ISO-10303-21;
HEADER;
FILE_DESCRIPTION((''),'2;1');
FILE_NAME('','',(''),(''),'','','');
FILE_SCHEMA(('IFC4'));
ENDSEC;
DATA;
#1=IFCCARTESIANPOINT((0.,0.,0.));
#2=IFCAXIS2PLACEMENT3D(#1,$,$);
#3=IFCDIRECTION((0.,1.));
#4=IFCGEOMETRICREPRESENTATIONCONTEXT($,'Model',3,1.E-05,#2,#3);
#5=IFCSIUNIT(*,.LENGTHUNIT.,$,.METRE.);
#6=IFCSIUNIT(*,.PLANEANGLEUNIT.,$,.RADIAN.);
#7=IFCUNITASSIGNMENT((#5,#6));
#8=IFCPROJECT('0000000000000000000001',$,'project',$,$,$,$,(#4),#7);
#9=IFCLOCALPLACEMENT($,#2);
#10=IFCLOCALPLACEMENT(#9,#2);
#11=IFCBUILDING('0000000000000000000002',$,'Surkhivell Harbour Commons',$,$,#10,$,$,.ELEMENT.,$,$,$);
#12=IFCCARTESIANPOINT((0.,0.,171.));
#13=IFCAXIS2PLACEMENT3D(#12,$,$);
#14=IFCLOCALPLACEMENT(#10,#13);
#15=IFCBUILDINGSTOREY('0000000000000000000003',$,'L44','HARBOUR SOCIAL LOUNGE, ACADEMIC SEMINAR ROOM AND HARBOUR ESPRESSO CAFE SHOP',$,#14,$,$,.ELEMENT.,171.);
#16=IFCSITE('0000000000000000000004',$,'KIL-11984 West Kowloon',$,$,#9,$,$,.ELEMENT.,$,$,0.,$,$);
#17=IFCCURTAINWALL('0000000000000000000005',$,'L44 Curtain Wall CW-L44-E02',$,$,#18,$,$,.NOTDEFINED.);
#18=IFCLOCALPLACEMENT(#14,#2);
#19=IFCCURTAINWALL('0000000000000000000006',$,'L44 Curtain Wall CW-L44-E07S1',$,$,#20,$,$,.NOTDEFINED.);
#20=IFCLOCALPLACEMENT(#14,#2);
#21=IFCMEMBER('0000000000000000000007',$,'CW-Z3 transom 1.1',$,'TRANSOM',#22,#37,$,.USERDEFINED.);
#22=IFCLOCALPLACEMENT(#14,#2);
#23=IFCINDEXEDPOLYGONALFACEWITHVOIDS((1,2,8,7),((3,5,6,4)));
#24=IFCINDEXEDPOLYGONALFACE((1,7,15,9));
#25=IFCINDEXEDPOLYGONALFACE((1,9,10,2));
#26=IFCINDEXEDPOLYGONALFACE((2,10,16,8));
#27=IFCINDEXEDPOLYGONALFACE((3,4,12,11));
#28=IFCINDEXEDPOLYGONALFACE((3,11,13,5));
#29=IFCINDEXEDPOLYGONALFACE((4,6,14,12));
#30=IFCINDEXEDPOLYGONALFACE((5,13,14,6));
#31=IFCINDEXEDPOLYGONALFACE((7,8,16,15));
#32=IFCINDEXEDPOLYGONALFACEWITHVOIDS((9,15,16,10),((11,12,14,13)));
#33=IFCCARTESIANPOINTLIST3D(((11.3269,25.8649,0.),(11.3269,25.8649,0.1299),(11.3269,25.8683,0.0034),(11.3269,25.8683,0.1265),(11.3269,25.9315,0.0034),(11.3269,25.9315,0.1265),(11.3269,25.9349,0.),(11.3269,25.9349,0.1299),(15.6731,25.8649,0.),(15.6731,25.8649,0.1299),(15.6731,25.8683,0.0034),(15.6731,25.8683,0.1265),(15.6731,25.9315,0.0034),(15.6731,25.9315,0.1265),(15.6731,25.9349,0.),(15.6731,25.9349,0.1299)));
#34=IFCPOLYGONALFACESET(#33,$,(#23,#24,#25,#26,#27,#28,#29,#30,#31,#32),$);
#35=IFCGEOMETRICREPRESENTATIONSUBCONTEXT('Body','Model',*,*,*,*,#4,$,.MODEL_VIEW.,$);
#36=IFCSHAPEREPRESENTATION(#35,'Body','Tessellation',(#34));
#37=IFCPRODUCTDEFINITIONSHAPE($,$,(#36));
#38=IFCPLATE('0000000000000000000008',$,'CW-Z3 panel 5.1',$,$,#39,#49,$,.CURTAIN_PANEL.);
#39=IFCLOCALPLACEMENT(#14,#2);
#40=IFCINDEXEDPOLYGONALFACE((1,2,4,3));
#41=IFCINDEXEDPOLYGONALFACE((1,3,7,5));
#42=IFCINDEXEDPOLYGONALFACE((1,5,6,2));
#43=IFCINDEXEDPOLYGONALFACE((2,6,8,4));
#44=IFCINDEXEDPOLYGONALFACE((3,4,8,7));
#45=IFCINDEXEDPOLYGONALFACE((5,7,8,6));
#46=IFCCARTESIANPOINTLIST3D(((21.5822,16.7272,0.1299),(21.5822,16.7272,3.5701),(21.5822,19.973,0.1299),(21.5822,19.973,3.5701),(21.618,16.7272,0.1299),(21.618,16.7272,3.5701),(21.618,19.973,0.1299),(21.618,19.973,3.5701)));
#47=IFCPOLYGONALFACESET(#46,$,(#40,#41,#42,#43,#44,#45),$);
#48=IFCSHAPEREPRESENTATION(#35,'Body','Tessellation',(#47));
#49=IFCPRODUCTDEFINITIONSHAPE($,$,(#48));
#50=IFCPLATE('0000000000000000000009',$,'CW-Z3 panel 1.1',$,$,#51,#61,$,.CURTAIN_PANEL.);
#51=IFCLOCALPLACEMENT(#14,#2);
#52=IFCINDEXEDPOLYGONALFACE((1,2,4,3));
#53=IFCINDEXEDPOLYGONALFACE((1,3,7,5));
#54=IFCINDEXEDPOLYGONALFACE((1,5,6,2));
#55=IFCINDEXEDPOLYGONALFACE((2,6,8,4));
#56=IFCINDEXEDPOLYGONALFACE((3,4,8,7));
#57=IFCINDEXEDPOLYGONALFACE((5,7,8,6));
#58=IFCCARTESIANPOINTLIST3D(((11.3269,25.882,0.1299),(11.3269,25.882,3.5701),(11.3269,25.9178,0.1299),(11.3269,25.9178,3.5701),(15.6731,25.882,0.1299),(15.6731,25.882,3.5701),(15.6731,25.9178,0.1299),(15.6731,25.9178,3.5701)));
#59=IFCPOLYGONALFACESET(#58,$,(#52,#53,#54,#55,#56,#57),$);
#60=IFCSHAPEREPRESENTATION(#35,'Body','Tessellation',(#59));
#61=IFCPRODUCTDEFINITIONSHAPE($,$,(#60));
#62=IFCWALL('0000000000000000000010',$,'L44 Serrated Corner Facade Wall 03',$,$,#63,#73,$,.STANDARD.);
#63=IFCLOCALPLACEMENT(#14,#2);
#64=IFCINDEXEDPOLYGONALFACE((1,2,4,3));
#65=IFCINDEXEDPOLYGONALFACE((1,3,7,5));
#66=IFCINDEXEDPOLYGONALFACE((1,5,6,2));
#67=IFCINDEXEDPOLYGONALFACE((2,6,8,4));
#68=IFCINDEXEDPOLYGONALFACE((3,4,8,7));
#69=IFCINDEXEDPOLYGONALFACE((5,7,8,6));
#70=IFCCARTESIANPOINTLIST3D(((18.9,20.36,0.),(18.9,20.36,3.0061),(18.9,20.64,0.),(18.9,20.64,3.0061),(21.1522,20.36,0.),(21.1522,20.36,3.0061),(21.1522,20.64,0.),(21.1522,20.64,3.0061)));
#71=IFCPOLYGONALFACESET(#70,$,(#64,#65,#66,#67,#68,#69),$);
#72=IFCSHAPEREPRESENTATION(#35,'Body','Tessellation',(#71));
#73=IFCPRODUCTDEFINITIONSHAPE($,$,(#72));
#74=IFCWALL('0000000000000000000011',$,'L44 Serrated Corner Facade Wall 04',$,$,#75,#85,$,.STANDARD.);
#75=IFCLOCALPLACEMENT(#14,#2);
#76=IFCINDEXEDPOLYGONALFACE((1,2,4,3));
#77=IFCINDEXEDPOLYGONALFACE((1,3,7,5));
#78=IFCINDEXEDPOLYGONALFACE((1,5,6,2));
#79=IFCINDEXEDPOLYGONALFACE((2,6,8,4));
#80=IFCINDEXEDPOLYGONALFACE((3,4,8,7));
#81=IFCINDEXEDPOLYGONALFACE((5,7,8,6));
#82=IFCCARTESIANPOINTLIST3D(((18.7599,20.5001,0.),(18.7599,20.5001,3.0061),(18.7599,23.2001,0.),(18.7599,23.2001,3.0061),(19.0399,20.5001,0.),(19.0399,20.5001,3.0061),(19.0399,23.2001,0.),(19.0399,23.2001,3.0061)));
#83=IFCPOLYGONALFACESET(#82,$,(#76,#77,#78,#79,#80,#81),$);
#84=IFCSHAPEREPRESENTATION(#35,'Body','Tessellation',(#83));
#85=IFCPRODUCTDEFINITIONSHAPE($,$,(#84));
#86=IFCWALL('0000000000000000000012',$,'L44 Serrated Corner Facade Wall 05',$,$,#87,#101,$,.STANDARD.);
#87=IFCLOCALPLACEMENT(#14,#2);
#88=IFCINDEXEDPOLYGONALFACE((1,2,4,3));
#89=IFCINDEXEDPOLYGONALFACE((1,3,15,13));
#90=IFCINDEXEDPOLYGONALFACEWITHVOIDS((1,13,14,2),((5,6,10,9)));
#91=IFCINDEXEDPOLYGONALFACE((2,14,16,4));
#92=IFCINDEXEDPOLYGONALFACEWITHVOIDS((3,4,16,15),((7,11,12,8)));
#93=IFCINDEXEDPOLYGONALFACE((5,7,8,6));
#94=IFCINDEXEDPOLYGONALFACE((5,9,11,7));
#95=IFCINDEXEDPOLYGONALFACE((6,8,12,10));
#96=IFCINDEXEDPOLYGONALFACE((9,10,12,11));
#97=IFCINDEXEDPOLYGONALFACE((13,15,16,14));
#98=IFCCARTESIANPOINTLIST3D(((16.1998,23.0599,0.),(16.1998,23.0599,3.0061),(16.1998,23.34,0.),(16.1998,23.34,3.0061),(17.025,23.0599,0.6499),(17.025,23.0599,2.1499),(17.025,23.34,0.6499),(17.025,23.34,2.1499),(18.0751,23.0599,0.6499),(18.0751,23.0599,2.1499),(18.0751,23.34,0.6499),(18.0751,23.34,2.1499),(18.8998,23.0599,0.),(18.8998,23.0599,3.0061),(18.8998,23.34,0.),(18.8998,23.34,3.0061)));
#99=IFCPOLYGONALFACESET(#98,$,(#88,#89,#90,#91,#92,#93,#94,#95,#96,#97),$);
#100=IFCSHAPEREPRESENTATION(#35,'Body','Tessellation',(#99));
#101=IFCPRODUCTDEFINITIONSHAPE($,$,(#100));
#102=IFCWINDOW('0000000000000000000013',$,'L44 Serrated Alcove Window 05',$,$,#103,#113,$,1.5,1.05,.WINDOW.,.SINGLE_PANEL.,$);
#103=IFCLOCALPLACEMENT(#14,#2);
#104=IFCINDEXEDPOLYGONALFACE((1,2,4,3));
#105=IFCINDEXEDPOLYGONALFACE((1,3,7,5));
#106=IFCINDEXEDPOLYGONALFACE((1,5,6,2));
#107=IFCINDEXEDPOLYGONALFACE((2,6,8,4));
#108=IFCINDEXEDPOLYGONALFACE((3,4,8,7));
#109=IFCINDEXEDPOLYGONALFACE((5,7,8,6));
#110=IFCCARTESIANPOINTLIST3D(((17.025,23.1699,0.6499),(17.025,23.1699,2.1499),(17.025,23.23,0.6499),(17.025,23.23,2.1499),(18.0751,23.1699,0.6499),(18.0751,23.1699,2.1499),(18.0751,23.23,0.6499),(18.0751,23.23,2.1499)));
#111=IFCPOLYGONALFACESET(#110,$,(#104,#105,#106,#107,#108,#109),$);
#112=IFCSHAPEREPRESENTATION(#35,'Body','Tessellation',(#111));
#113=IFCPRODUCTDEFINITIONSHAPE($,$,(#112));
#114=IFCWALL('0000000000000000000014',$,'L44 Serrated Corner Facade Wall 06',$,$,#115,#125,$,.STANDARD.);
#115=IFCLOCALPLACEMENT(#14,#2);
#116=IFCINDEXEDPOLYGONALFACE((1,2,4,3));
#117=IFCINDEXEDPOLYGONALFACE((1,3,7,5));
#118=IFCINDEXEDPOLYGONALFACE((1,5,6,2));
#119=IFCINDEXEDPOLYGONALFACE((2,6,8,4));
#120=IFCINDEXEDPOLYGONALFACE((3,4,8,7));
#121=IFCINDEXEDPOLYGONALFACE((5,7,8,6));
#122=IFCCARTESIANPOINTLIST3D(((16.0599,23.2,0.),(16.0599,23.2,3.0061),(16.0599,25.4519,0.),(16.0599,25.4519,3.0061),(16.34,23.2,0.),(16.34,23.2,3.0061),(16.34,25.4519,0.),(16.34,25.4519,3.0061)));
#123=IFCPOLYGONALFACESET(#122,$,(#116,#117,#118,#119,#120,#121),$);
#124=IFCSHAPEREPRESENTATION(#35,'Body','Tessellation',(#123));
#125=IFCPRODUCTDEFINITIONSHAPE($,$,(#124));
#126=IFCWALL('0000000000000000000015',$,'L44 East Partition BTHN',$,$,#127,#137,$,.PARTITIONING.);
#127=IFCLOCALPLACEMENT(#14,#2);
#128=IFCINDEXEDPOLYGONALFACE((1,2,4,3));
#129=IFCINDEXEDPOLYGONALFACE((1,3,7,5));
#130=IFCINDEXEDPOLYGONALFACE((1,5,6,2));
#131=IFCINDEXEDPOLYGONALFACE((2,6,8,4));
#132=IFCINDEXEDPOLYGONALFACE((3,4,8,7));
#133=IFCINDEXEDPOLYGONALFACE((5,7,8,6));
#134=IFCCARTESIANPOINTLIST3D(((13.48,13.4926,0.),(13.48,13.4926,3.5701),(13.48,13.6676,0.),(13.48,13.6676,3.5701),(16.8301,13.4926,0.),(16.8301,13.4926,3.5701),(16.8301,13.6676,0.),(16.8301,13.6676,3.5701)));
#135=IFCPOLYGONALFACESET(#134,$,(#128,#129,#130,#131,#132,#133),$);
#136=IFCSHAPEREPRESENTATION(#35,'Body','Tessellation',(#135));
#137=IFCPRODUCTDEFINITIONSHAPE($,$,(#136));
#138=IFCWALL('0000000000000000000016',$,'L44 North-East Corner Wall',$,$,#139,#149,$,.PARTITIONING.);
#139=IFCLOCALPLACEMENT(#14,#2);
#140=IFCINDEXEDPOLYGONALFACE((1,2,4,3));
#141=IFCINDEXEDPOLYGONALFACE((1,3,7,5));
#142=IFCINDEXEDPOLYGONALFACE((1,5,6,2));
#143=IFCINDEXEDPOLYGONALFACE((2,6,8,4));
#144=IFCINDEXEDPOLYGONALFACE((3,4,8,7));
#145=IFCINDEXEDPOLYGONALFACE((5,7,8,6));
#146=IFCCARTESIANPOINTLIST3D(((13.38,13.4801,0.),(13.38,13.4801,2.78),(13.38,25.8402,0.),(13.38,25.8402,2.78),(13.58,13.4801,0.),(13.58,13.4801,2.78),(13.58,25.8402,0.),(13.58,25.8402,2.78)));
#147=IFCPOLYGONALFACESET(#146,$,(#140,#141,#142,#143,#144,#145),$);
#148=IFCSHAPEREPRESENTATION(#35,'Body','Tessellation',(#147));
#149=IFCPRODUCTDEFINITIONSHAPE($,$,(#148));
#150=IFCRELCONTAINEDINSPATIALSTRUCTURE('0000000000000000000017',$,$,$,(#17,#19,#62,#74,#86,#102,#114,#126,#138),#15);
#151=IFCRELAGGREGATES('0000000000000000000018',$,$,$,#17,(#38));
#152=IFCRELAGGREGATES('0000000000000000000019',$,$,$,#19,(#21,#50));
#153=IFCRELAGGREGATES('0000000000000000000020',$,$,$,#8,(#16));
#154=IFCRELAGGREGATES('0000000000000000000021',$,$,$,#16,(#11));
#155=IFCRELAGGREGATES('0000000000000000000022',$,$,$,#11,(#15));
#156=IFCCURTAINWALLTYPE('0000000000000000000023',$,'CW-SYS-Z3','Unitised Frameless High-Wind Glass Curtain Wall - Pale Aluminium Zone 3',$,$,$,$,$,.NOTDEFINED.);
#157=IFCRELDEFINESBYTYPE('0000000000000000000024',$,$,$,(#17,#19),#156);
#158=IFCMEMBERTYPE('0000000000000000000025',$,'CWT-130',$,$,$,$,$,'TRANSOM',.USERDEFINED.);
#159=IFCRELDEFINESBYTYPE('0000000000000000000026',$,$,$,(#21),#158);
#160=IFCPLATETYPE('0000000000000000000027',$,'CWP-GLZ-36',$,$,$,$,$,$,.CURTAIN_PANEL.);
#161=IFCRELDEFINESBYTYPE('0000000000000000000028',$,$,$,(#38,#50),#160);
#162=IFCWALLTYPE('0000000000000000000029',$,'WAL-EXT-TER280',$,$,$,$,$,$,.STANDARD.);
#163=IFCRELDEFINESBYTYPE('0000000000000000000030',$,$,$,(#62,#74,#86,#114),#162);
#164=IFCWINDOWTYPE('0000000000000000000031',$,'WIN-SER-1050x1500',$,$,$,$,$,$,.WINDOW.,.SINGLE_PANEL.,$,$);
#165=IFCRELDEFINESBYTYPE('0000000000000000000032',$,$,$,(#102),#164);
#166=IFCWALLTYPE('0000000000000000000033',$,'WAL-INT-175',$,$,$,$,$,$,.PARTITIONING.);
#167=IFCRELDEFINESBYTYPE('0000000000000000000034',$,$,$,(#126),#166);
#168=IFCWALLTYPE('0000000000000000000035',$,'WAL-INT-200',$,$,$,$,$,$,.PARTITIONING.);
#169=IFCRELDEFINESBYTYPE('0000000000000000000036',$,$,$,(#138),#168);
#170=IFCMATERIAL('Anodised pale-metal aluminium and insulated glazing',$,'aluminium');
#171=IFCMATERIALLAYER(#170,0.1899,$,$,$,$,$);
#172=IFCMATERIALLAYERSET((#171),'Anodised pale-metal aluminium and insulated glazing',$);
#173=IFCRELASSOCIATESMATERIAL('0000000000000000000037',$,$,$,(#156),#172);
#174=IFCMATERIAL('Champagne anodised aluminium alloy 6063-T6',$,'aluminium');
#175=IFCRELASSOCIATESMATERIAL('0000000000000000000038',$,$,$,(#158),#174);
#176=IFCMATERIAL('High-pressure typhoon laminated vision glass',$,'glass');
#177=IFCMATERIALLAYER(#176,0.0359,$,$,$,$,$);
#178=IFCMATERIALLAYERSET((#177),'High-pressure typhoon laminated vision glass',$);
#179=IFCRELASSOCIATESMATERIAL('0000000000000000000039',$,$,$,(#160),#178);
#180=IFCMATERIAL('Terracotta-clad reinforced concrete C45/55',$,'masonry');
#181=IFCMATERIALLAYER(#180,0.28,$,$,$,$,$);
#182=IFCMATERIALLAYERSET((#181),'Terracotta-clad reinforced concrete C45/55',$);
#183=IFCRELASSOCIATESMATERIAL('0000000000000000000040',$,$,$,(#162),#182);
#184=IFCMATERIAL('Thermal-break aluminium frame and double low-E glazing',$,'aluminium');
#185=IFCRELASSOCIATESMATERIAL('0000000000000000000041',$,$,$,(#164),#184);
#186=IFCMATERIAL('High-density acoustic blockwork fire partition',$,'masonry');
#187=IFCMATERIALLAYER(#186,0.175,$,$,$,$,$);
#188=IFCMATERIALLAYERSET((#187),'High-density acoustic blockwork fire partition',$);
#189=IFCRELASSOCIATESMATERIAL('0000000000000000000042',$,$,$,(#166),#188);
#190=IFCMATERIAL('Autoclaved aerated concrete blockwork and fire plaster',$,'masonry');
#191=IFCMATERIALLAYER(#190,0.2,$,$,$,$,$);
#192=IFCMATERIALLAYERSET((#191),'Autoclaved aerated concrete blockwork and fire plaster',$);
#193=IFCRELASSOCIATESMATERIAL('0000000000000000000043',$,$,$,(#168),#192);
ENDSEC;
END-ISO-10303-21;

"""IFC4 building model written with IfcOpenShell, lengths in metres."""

from ifc_helpers import new_model, si_unit, direction, frame, frame_2d, origin, origin_2d, place, context, subcontext, project, spatial, rectangle, hollow_rectangle, extrude, material, layer, layer_set, material_profile, profile_set, type_object, element, fill, aggregate, save


model = new_model("IFC4")

# Units and contexts
model_context = context("Model", 3, precision=1e-05, world=origin(), true_north=direction((0.0, 1.0)))
body_context = subcontext(model_context, "Body", "Model", "MODEL_VIEW")
ifc_project = project(units=[si_unit("LENGTHUNIT", "METRE"), si_unit("PLANEANGLEUNIT", "RADIAN")], contexts=[model_context])

# Site, building, storey
site_placement = place(None, origin())
site = spatial("IfcSite", under=ifc_project, at=site_placement, Name="KIL-11984 West Kowloon", CompositionType="ELEMENT", RefElevation=0.0)
building_placement = place(site_placement, origin())
building = spatial("IfcBuilding", under=site, at=building_placement, Name="Surkhivell Harbour Commons", CompositionType="ELEMENT")
storey_placement = place(building_placement, frame((0.0, 0.0, 171.0)))
storey = spatial("IfcBuildingStorey", under=building, at=storey_placement, Name="L44", Description="HARBOUR SOCIAL LOUNGE, ACADEMIC SEMINAR ROOM AND HARBOUR ESPRESSO CAFE SHOP", CompositionType="ELEMENT", Elevation=171.0)

# Curtain wall
ifc_material_1 = material(Name="Anodised pale-metal aluminium and insulated glazing", Category="aluminium")
ifc_layer_1 = layer(ifc_material_1, 0.1899)
ifc_layer_set_1 = layer_set([ifc_layer_1], Name="Anodised pale-metal aluminium and insulated glazing")
curtain_wall_type = type_object("IfcCurtainWallType", Name="CW-SYS-Z3", Description="Unitised Frameless High-Wind Glass Curtain Wall - Pale Aluminium Zone 3", PredefinedType="NOTDEFINED", material=ifc_layer_set_1)
curtain_wall_1_placement = place(storey_placement, origin())
curtain_wall_1 = element("IfcCurtainWall", 1, at=curtain_wall_1_placement, inside=storey, type_object=curtain_wall_type, Name="L44 Curtain Wall CW-L44-E02", PredefinedType="NOTDEFINED")

# Curtain wall
curtain_wall_2_placement = place(storey_placement, origin())
curtain_wall_2 = element("IfcCurtainWall", 2, at=curtain_wall_2_placement, inside=storey, type_object=curtain_wall_type, Name="L44 Curtain Wall CW-L44-E07S1", PredefinedType="NOTDEFINED")

# Member
ifc_material_2 = material(Name="Champagne anodised aluminium alloy 6063-T6", Category="aluminium")
ifc_material_profile_1 = material_profile(ifc_material_2, hollow_rectangle(XDim=0.0701, YDim=0.1299, WallThickness=0.0034, at=origin_2d()), Name="ALU-TRAN-70x130")
ifc_profile_set_1 = profile_set([ifc_material_profile_1], Name="Champagne anodised aluminium alloy 6063-T6")
member_type_1 = type_object("IfcMemberType", Name="CWT-130", ElementType="TRANSOM", PredefinedType="USERDEFINED", material=ifc_profile_set_1)
member_1_placement = place(storey_placement, frame((15.6731, 25.8999, 0.0649), z_axis=(-1.0, 0.0, 0.0), x_axis=(0.0, -1.0, 0.0)))
member_1 = element("IfcMember", 3, at=member_1_placement, type_object=member_type_1, Name="CW-Z3 transom 1.1", ObjectType="TRANSOM", PredefinedType="USERDEFINED", context=body_context, shape_type="SweptSolid", body=[
    extrude(hollow_rectangle(XDim=0.0701, YDim=0.1299, WallThickness=0.0034, at=origin_2d()), origin(), (0.0, 0.0, 1.0), 4.3462),
])

# Plates
ifc_material_3 = material(Name="High-pressure typhoon laminated vision glass", Category="glass")
ifc_layer_2 = layer(ifc_material_3, 0.0359)
ifc_layer_set_2 = layer_set([ifc_layer_2], Name="High-pressure typhoon laminated vision glass")
plate_type = type_object("IfcPlateType", Name="CWP-GLZ-36", PredefinedType="CURTAIN_PANEL", material=ifc_layer_set_2)
plate_1_placement = place(storey_placement, frame((21.6001, 16.7271, 0.1299), z_axis=(0.0, 0.0, 1.0), x_axis=(0.0, 1.0, 0.0)))
plate_1 = element("IfcPlate", 4, at=plate_1_placement, type_object=plate_type, Name="CW-Z3 panel 5.1", PredefinedType="CURTAIN_PANEL", context=body_context, shape_type="SweptSolid", body=[
    extrude(rectangle(XDim=3.2458, YDim=0.0359, at=frame_2d((1.623, 0.0))), origin(), (0.0, 0.0, 1.0), 3.4402),
])
aggregate(curtain_wall_1, [plate_1])
plate_2_placement = place(storey_placement, frame((15.6731, 25.8999, 0.1299), z_axis=(0.0, 0.0, 1.0), x_axis=(-1.0, 0.0, 0.0)))
plate_2 = element("IfcPlate", 5, at=plate_2_placement, type_object=plate_type, Name="CW-Z3 panel 1.1", PredefinedType="CURTAIN_PANEL", context=body_context, shape_type="SweptSolid", body=[
    extrude(rectangle(XDim=4.3462, YDim=0.0359, at=frame_2d((2.1731, 0.0))), origin(), (0.0, 0.0, 1.0), 3.4402),
])
aggregate(curtain_wall_2, [member_1, plate_2])

# Walls
ifc_material_4 = material(Name="Terracotta-clad reinforced concrete C45/55", Category="masonry")
ifc_layer_3 = layer(ifc_material_4, 0.28)
ifc_layer_set_3 = layer_set([ifc_layer_3], Name="Terracotta-clad reinforced concrete C45/55")
wall_type_1 = type_object("IfcWallType", Name="WAL-EXT-TER280", PredefinedType="STANDARD", material=ifc_layer_set_3)
wall_1_placement = place(storey_placement, frame((21.1521, 20.5, 0.0), z_axis=(0.0, 0.0, 1.0), x_axis=(-1.0, 0.0, 0.0)))
element("IfcWall", 6, at=wall_1_placement, inside=storey, type_object=wall_type_1, Name="L44 Serrated Corner Facade Wall 03", PredefinedType="STANDARD", context=body_context, shape_type="SweptSolid", body=[
    extrude(rectangle(XDim=2.2522, YDim=0.28, at=frame_2d((1.126, 0.0))), origin(), (0.0, 0.0, 1.0), 3.0061),
])
wall_2_placement = place(storey_placement, frame((18.8999, 20.5, 0.0), z_axis=(0.0, 0.0, 1.0), x_axis=(0.0, 1.0, 0.0)))
element("IfcWall", 7, at=wall_2_placement, inside=storey, type_object=wall_type_1, Name="L44 Serrated Corner Facade Wall 04", PredefinedType="STANDARD", context=body_context, shape_type="SweptSolid", body=[
    extrude(rectangle(XDim=2.7, YDim=0.28, at=frame_2d((1.3501, 0.0))), origin(), (0.0, 0.0, 1.0), 3.0061),
])

# Wall, opening, window
wall_3_placement = place(storey_placement, frame((18.8999, 23.2, 0.0), z_axis=(0.0, 0.0, 1.0), x_axis=(-1.0, 0.0, 0.0)))
wall_3 = element("IfcWall", 8, at=wall_3_placement, inside=storey, type_object=wall_type_1, Name="L44 Serrated Corner Facade Wall 05", PredefinedType="STANDARD", context=body_context, shape_type="SweptSolid", body=[
    extrude(rectangle(XDim=2.7, YDim=0.28, at=frame_2d((1.3501, 0.0))), origin(), (0.0, 0.0, 1.0), 3.0061),
])
opening_placement = place(wall_3_placement, frame((0.825, 0.0, 0.6499)))
opening = element("IfcOpeningElement", 9, at=opening_placement, cuts=wall_3, PredefinedType="OPENING", context=body_context, shape_type="SweptSolid", body=[
    extrude(rectangle(XDim=1.05, YDim=1.5, at=frame_2d((0.5249, 0.75))), frame((0.0, 0.1499, 0.0), z_axis=(0.0, -1.0, 0.0), x_axis=(1.0, 0.0, 0.0)), (0.0, 0.0, 1.0), 0.3),
])
ifc_material_5 = material(Name="Thermal-break aluminium frame and double low-E glazing", Category="aluminium")
window_type = type_object("IfcWindowType", Name="WIN-SER-1050x1500", PartitioningType="SINGLE_PANEL", PredefinedType="WINDOW", material=ifc_material_5)
window_placement = place(opening_placement, origin())
window = element("IfcWindow", 10, at=window_placement, inside=storey, type_object=window_type, Name="L44 Serrated Alcove Window 05", OverallHeight=1.5, OverallWidth=1.05, PartitioningType="SINGLE_PANEL", PredefinedType="WINDOW", context=body_context, shape_type="SweptSolid", body=[
    extrude(rectangle(XDim=1.05, YDim=1.5, at=frame_2d((0.5249, 0.75))), frame((0.0, 0.03, 0.0), z_axis=(0.0, -1.0, 0.0), x_axis=(1.0, 0.0, 0.0)), (0.0, 0.0, 1.0), 0.0601),
])
fill(opening, window)

# Walls
wall_4_placement = place(storey_placement, frame((16.2, 23.2, 0.0), z_axis=(0.0, 0.0, 1.0), x_axis=(0.0, 1.0, 0.0)))
element("IfcWall", 11, at=wall_4_placement, inside=storey, type_object=wall_type_1, Name="L44 Serrated Corner Facade Wall 06", PredefinedType="STANDARD", context=body_context, shape_type="SweptSolid", body=[
    extrude(rectangle(XDim=2.252, YDim=0.28, at=frame_2d((1.126, 0.0))), origin(), (0.0, 0.0, 1.0), 3.0061),
])
ifc_material_6 = material(Name="High-density acoustic blockwork fire partition", Category="masonry")
ifc_layer_4 = layer(ifc_material_6, 0.175)
ifc_layer_set_4 = layer_set([ifc_layer_4], Name="High-density acoustic blockwork fire partition")
wall_type_2 = type_object("IfcWallType", Name="WAL-INT-175", PredefinedType="PARTITIONING", material=ifc_layer_set_4)
wall_5_placement = place(storey_placement, frame((13.48, 13.5801, 0.0), z_axis=(0.0, 0.0, 1.0), x_axis=(1.0, 0.0, 0.0)))
element("IfcWall", 12, at=wall_5_placement, inside=storey, type_object=wall_type_2, Name="L44 East Partition BTHN", PredefinedType="PARTITIONING", context=body_context, shape_type="SweptSolid", body=[
    extrude(rectangle(XDim=3.3501, YDim=0.175, at=frame_2d((1.675, 0.0))), origin(), (0.0, 0.0, 1.0), 3.5701),
])
ifc_material_7 = material(Name="Autoclaved aerated concrete blockwork and fire plaster", Category="masonry")
ifc_layer_5 = layer(ifc_material_7, 0.2)
ifc_layer_set_5 = layer_set([ifc_layer_5], Name="Autoclaved aerated concrete blockwork and fire plaster")
wall_type_3 = type_object("IfcWallType", Name="WAL-INT-200", PredefinedType="PARTITIONING", material=ifc_layer_set_5)
wall_6_placement = place(storey_placement, frame((13.48, 13.48, 0.0), z_axis=(0.0, 0.0, 1.0), x_axis=(0.0, 1.0, 0.0)))
element("IfcWall", 13, at=wall_6_placement, inside=storey, type_object=wall_type_3, Name="L44 North-East Corner Wall", PredefinedType="PARTITIONING", context=body_context, shape_type="SweptSolid", body=[
    extrude(rectangle(XDim=12.3601, YDim=0.2, at=frame_2d((6.1802, 0.0))), origin(), (0.0, 0.0, 1.0), 2.78),
])

save(model, "model.ifc")
